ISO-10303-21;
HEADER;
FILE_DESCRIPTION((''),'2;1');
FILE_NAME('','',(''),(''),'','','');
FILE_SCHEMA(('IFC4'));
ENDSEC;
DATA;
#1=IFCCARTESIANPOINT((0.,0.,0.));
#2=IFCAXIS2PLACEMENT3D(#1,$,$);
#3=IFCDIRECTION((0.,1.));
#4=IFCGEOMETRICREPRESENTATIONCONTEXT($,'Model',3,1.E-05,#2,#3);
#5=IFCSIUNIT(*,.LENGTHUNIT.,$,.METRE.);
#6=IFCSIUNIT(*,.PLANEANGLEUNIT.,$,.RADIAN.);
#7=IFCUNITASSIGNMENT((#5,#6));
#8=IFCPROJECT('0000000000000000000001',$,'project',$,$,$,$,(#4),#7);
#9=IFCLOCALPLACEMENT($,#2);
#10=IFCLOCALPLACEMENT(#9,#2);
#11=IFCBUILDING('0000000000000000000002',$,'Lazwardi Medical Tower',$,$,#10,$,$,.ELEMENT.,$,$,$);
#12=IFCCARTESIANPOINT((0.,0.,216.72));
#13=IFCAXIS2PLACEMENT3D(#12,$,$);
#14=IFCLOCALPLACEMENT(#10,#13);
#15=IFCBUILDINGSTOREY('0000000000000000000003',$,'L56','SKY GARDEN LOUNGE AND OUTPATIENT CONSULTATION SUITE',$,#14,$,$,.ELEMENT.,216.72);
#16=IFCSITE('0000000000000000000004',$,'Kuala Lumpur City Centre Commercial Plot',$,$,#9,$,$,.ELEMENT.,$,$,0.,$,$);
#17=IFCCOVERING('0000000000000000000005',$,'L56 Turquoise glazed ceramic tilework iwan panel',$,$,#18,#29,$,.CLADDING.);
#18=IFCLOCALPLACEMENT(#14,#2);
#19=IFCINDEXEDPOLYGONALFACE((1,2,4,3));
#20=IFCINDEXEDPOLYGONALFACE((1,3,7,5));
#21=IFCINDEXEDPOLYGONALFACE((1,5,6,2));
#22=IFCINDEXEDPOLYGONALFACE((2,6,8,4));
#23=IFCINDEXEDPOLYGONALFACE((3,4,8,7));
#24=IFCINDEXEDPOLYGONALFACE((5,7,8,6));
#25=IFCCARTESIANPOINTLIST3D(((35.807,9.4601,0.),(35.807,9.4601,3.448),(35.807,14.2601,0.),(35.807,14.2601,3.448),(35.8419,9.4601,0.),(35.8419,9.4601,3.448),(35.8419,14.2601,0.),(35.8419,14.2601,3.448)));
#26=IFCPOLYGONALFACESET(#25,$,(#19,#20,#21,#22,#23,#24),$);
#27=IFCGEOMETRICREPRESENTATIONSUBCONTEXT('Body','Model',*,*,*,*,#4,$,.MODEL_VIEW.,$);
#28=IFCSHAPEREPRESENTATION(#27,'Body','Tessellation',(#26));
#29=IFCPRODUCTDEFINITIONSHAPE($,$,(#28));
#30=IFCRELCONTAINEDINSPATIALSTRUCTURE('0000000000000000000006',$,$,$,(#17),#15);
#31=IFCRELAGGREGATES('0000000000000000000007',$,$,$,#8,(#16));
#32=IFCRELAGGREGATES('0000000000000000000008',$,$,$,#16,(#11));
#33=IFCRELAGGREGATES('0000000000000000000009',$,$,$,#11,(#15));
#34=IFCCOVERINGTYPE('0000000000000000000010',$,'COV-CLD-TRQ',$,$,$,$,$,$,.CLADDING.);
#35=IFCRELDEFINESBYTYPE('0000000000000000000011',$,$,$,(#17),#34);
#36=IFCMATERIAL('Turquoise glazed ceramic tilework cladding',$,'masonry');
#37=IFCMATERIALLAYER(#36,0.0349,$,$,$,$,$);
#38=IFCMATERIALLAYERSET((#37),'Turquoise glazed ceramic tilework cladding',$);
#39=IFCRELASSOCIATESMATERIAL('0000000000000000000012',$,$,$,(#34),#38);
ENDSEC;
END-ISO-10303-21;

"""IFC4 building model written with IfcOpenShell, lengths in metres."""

from ifc_helpers import new_model, si_unit, direction, frame, origin, origin_2d, place, context, subcontext, project, spatial, rectangle, extrude, material, layer, layer_set, type_object, element, save


model = new_model("IFC4")

# Units and contexts
model_context = context("Model", 3, precision=1e-05, world=origin(), true_north=direction((0.0, 1.0)))
body_context = subcontext(model_context, "Body", "Model", "MODEL_VIEW")
ifc_project = project(units=[si_unit("LENGTHUNIT", "METRE"), si_unit("PLANEANGLEUNIT", "RADIAN")], contexts=[model_context])

# Site, building, storey
site_placement = place(None, origin())
site = spatial("IfcSite", under=ifc_project, at=site_placement, Name="Kuala Lumpur City Centre Commercial Plot", CompositionType="ELEMENT", RefElevation=0.0)
building_placement = place(site_placement, origin())
building = spatial("IfcBuilding", under=site, at=building_placement, Name="Lazwardi Medical Tower", CompositionType="ELEMENT")
storey_placement = place(building_placement, frame((0.0, 0.0, 216.72)))
storey = spatial("IfcBuildingStorey", under=building, at=storey_placement, Name="L56", Description="SKY GARDEN LOUNGE AND OUTPATIENT CONSULTATION SUITE", CompositionType="ELEMENT", Elevation=216.72)

# Covering
ifc_material_1 = material(Name="Turquoise glazed ceramic tilework cladding", Category="masonry")
ifc_layer_1 = layer(ifc_material_1, 0.0349)
ifc_layer_set_1 = layer_set([ifc_layer_1], Name="Turquoise glazed ceramic tilework cladding")
covering_type_1 = type_object("IfcCoveringType", Name="COV-CLD-TRQ", PredefinedType="CLADDING", material=ifc_layer_set_1)
covering_1_placement = place(storey_placement, frame((35.8245, 11.8601, 0.0), z_axis=(0.0, 0.0, 1.0), x_axis=(0.0, 1.0, 0.0)))
element("IfcCovering", 1, at=covering_1_placement, inside=storey, type_object=covering_type_1, Name="L56 Turquoise glazed ceramic tilework iwan panel", PredefinedType="CLADDING", context=body_context, shape_type="SweptSolid", body=[
    extrude(rectangle(XDim=4.8, YDim=0.0349, at=origin_2d()), origin(), (0.0, 0.0, 1.0), 3.448),
])

save(model, "model.ifc")
